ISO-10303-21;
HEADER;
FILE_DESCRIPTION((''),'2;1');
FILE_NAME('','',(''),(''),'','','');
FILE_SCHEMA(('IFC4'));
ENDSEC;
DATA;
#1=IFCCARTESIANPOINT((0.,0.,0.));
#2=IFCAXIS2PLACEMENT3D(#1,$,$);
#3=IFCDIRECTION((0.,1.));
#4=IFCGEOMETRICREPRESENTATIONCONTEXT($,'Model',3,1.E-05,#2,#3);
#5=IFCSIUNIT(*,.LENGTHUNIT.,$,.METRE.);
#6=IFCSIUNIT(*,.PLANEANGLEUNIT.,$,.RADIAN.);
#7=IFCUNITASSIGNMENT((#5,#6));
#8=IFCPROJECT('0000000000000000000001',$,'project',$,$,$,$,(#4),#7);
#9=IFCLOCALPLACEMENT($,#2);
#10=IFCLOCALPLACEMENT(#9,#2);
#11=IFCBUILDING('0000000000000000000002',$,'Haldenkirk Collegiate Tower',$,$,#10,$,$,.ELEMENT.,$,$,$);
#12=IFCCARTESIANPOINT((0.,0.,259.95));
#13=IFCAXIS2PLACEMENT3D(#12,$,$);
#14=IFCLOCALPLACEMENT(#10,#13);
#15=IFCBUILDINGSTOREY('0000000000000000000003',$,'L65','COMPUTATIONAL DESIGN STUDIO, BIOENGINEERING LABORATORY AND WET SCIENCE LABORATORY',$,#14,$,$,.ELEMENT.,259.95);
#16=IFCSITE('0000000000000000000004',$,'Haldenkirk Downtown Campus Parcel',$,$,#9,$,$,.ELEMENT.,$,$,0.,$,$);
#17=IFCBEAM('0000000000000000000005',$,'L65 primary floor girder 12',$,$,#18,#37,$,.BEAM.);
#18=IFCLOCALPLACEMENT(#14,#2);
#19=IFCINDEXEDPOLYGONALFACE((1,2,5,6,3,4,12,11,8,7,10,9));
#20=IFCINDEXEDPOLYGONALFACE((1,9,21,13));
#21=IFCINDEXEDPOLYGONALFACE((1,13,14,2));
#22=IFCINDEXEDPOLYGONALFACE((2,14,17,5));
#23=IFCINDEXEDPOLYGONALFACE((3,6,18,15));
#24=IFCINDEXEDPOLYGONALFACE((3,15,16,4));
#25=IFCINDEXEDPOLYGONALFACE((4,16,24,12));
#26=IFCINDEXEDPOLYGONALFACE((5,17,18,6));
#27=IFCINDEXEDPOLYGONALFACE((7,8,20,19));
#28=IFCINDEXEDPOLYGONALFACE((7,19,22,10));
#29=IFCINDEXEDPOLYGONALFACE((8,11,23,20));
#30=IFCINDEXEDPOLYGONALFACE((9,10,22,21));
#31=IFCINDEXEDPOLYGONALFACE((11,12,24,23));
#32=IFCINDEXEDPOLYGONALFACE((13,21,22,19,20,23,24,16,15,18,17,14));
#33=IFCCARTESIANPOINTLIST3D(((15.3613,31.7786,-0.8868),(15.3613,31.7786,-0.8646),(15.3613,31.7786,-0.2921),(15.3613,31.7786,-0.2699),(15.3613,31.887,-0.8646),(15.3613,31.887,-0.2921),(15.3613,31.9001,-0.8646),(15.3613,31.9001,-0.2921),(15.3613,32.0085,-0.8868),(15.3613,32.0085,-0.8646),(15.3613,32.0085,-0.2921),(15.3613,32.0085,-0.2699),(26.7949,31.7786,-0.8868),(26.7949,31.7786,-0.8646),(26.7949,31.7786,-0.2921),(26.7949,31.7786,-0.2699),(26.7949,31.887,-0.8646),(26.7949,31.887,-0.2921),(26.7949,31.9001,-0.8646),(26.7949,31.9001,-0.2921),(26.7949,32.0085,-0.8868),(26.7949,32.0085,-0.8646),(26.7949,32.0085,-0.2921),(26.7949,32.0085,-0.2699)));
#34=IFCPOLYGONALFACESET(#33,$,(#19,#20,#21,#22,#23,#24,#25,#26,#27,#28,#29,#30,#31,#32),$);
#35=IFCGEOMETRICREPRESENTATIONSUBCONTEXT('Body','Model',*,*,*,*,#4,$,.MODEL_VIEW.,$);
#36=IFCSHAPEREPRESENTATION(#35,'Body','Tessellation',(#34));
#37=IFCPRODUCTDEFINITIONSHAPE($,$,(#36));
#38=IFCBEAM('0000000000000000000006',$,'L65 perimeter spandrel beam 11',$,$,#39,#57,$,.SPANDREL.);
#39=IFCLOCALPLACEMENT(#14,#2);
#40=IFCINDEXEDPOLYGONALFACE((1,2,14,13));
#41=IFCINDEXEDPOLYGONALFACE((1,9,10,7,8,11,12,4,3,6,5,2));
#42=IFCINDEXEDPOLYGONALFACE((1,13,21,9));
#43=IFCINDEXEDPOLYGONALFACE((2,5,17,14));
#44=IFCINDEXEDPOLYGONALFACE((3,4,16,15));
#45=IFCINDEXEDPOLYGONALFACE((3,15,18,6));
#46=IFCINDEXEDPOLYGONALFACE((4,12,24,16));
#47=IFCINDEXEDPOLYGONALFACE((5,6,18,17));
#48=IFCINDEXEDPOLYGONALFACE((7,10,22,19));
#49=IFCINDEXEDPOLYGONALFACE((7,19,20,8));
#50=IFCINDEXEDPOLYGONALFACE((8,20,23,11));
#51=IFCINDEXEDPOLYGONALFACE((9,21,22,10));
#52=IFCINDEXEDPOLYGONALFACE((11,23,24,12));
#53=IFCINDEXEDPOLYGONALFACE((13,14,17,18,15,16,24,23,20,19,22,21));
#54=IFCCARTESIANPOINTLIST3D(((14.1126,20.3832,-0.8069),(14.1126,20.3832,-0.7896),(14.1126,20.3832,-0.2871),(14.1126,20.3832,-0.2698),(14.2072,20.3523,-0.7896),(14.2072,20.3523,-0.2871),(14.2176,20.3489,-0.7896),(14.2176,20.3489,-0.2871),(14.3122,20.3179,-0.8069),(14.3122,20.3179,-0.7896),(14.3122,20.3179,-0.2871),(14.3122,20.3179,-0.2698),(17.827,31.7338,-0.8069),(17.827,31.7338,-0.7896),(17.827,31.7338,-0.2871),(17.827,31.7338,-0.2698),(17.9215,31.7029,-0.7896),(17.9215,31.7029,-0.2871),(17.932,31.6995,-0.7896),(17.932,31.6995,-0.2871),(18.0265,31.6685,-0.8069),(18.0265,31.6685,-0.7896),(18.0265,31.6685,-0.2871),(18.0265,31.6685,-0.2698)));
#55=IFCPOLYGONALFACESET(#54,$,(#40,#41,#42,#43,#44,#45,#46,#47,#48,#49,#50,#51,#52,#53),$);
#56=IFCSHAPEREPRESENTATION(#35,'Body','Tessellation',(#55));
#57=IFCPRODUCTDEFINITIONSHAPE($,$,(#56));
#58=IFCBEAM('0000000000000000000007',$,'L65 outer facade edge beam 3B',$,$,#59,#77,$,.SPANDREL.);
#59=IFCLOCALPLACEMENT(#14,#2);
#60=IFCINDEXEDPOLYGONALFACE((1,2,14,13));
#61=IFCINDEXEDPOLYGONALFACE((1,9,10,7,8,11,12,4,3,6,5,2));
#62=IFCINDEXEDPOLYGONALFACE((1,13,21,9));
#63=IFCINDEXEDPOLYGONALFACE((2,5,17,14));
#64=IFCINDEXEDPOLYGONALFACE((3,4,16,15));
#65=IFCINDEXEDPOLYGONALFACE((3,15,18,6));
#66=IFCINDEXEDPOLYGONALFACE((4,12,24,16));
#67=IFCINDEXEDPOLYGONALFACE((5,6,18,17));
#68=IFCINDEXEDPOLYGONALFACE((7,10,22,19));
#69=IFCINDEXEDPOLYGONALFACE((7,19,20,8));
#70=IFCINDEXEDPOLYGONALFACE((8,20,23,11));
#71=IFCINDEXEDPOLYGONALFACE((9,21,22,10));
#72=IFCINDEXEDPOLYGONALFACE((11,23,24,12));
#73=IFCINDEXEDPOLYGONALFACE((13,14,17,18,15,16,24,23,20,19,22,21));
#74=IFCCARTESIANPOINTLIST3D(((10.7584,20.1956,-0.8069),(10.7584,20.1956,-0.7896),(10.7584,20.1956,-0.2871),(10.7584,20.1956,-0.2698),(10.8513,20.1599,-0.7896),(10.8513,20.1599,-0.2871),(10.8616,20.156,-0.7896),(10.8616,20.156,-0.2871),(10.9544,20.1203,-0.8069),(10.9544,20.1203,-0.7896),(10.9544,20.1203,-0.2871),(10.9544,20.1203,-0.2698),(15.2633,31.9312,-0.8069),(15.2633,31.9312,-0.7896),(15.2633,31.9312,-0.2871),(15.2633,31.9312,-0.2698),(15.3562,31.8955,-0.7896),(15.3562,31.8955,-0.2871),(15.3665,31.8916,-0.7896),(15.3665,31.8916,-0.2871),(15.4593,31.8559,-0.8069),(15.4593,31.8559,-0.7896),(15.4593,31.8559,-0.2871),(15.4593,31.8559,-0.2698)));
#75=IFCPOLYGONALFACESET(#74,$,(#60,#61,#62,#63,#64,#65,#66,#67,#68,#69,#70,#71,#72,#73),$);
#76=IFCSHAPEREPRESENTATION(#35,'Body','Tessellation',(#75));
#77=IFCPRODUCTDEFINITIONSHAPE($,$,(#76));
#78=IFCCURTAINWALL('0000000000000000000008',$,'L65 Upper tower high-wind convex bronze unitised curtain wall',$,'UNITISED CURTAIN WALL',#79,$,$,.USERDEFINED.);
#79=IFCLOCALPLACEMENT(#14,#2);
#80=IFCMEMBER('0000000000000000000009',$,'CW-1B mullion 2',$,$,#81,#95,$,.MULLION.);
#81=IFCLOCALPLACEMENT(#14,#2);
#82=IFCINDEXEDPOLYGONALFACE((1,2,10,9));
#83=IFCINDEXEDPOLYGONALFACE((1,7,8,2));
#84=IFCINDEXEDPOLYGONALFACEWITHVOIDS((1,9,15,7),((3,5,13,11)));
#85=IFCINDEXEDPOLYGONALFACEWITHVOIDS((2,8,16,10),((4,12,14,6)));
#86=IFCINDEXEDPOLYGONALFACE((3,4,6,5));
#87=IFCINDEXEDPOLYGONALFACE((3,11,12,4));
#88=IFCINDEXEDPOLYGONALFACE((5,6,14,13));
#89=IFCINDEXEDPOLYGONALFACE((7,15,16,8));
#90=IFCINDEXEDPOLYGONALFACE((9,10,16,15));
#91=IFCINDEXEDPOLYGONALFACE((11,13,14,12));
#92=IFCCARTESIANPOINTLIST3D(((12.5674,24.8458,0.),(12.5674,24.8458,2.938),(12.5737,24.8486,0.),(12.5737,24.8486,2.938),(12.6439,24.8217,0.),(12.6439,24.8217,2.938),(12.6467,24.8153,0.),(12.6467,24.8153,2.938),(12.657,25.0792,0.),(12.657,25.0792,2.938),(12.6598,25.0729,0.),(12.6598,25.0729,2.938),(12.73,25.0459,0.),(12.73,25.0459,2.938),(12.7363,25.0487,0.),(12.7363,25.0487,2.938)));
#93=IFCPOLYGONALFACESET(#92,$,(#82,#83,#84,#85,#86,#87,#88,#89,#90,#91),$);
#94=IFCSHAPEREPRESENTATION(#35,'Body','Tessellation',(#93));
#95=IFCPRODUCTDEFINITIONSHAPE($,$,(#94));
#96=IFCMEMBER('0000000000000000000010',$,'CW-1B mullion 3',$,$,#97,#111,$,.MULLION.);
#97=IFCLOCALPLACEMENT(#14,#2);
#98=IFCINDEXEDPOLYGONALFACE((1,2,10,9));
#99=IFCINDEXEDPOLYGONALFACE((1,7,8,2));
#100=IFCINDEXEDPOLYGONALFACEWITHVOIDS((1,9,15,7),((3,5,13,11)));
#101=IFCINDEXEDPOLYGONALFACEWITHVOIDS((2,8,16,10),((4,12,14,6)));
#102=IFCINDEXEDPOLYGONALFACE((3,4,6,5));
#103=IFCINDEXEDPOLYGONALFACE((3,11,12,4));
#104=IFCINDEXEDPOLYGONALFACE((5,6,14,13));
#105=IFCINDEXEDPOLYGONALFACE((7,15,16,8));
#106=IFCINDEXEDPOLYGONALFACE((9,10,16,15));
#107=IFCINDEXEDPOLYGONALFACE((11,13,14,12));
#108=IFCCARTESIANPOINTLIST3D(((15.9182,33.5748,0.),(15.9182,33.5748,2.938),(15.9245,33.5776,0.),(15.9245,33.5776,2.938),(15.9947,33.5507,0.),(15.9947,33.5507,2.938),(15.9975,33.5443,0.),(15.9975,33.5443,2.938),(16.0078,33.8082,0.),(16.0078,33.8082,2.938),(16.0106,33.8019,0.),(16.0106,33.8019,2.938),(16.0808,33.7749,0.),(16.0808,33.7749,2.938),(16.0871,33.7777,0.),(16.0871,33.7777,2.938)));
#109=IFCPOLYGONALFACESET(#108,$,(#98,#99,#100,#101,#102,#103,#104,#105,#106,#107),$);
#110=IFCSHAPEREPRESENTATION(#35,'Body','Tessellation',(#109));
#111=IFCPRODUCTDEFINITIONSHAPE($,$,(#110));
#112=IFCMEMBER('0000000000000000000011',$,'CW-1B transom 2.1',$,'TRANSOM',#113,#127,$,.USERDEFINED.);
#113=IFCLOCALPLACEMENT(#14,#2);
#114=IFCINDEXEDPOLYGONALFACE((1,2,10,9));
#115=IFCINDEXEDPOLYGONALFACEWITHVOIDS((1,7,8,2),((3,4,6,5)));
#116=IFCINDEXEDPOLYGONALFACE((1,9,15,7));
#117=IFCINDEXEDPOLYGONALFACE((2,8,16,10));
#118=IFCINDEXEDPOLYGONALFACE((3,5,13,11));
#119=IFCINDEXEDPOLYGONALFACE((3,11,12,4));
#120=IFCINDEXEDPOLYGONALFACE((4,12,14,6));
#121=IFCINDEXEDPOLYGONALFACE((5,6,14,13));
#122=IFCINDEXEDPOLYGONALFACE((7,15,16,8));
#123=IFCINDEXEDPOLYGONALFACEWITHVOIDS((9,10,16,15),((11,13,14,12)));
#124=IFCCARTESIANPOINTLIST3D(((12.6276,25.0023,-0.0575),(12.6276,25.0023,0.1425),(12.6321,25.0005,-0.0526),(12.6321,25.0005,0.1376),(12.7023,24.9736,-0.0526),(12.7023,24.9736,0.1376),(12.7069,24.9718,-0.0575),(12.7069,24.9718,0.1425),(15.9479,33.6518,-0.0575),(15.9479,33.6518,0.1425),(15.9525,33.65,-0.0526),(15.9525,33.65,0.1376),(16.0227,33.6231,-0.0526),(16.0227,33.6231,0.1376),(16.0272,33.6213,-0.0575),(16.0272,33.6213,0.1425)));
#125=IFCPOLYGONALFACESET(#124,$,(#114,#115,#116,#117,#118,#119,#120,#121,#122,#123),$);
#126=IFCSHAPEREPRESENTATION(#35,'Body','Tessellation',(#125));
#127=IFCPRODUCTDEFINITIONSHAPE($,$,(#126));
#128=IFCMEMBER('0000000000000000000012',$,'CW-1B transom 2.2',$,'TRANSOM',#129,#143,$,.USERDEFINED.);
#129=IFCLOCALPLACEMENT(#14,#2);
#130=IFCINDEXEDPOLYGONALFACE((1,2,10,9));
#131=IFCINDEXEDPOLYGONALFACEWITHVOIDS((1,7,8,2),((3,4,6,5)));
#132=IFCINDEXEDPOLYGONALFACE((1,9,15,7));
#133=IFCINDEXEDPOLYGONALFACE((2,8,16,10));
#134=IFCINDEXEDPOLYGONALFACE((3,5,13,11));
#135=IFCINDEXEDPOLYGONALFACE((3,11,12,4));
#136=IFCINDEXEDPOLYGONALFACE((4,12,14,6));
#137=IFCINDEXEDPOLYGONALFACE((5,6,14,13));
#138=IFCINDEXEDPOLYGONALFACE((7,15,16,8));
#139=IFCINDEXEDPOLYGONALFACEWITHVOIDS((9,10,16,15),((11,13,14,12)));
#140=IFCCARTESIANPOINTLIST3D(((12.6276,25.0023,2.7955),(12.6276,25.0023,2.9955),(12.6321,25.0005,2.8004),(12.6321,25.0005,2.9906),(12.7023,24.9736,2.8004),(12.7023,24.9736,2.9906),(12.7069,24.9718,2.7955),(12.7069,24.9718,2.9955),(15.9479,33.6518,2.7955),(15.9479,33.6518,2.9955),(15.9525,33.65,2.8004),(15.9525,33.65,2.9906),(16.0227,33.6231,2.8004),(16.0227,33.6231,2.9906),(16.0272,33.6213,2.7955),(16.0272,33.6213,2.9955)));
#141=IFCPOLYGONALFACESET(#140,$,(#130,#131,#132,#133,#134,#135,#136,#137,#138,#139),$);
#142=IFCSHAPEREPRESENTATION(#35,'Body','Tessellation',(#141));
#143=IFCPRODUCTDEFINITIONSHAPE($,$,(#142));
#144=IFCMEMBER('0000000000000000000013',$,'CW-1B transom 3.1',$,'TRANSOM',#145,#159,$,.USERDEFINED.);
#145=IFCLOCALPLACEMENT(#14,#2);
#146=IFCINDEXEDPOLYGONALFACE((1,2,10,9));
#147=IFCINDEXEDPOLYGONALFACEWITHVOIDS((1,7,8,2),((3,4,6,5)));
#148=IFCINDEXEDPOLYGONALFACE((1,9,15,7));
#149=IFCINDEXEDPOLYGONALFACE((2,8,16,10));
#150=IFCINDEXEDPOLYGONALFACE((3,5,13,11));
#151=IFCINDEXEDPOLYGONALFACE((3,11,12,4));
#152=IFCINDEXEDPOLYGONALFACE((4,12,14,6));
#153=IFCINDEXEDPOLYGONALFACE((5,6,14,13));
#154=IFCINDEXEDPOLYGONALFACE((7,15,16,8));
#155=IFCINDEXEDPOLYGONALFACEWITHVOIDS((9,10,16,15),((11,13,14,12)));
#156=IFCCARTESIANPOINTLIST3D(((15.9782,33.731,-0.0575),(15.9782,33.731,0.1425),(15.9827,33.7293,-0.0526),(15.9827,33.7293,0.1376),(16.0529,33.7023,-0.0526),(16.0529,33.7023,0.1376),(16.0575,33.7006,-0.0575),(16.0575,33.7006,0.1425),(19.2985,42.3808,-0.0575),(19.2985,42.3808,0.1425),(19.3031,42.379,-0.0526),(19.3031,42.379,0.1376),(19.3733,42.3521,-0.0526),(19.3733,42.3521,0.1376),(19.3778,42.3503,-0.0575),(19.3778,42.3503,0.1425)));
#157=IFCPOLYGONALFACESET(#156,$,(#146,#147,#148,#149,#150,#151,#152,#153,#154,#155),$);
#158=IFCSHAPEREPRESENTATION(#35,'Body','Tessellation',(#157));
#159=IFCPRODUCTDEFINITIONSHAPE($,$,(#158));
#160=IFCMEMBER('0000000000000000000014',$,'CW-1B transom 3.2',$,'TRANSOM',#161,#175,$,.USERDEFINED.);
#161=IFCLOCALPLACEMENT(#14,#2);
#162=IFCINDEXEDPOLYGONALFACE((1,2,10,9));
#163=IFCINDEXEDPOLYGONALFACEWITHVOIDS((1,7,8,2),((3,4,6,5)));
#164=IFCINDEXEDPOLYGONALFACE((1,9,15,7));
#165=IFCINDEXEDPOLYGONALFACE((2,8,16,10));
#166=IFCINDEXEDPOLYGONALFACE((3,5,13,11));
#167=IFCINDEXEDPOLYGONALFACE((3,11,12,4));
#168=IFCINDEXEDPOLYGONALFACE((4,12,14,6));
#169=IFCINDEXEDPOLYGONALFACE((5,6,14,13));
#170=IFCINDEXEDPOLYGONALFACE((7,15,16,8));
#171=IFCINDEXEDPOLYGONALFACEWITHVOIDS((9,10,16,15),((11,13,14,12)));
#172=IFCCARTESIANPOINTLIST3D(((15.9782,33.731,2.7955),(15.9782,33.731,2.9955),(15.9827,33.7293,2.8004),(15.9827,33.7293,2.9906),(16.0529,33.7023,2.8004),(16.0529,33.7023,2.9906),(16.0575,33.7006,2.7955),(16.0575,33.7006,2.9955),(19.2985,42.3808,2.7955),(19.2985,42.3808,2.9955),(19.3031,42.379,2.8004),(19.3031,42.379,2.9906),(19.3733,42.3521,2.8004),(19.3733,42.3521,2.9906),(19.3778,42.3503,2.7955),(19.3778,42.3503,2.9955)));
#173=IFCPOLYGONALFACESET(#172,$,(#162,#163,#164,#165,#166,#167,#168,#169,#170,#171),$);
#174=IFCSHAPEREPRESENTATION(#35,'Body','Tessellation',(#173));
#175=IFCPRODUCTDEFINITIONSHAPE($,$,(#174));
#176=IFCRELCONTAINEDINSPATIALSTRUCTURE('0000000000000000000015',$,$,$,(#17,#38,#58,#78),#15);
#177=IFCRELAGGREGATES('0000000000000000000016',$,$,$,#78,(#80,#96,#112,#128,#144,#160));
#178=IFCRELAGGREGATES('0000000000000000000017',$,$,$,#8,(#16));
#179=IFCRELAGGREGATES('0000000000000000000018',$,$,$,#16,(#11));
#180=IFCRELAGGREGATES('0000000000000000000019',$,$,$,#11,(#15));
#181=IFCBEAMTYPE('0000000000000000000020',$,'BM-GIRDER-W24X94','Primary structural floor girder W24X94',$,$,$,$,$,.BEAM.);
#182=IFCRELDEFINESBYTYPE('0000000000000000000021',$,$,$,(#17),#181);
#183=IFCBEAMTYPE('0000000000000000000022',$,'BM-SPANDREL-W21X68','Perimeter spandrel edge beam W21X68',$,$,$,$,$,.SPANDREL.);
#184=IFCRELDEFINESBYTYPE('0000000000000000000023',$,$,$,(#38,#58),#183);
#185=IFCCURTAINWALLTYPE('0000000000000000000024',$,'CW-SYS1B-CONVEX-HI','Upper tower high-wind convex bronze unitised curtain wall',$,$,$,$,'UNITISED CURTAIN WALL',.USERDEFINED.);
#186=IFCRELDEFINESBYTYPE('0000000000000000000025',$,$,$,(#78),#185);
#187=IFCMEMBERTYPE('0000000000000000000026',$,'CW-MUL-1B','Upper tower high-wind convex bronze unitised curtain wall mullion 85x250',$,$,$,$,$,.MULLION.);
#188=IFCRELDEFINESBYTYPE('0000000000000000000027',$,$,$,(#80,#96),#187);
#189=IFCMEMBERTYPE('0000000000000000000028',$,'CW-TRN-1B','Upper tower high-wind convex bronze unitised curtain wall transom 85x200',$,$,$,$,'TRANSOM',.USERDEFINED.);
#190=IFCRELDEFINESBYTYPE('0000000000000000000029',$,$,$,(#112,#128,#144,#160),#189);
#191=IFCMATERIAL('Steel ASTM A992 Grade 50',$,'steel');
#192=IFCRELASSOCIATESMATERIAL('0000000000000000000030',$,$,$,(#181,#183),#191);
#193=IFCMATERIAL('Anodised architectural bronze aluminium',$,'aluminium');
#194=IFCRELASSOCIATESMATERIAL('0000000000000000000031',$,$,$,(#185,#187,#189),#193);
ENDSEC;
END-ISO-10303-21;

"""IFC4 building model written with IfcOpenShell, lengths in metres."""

from ifc_helpers import new_model, si_unit, direction, frame, origin, origin_2d, place, context, subcontext, project, spatial, hollow_rectangle, i_section, extrude, material, material_profile, profile_set, type_object, element, aggregate, save


model = new_model("IFC4")

# Units and contexts
model_context = context("Model", 3, precision=1e-05, world=origin(), true_north=direction((0.0, 1.0)))
body_context = subcontext(model_context, "Body", "Model", "MODEL_VIEW")
ifc_project = project(units=[si_unit("LENGTHUNIT", "METRE"), si_unit("PLANEANGLEUNIT", "RADIAN")], contexts=[model_context])

# Site, building, storey
site_placement = place(None, origin())
site = spatial("IfcSite", under=ifc_project, at=site_placement, Name="Haldenkirk Downtown Campus Parcel", CompositionType="ELEMENT", RefElevation=0.0)
building_placement = place(site_placement, origin())
building = spatial("IfcBuilding", under=site, at=building_placement, Name="Haldenkirk Collegiate Tower", CompositionType="ELEMENT")
storey_placement = place(building_placement, frame((0.0, 0.0, 259.95)))
storey = spatial("IfcBuildingStorey", under=building, at=storey_placement, Name="L65", Description="COMPUTATIONAL DESIGN STUDIO, BIOENGINEERING LABORATORY AND WET SCIENCE LABORATORY", CompositionType="ELEMENT", Elevation=259.95)

# Beams
ifc_material_1 = material(Name="Steel ASTM A992 Grade 50", Category="steel")
ifc_material_profile_1 = material_profile(ifc_material_1, i_section(OverallWidth=0.23, OverallDepth=0.6169, WebThickness=0.0132, FlangeThickness=0.0222, at=origin_2d()), Name="W24X94")
ifc_profile_set_1 = profile_set([ifc_material_profile_1], Name="Steel ASTM A992 Grade 50")
beam_type_1 = type_object("IfcBeamType", Name="BM-GIRDER-W24X94", Description="Primary structural floor girder W24X94", PredefinedType="BEAM", material=ifc_profile_set_1)
beam_1_placement = place(storey_placement, frame((15.3613, 31.8936, -0.5784), z_axis=(1.0, 0.0, 0.0), x_axis=(0.0, 1.0, 0.0)))
element("IfcBeam", 1, at=beam_1_placement, inside=storey, type_object=beam_type_1, Name="L65 primary floor girder 12", PredefinedType="BEAM", context=body_context, shape_type="SweptSolid", body=[
    extrude(i_section(OverallWidth=0.23, OverallDepth=0.6169, WebThickness=0.0132, FlangeThickness=0.0222, at=origin_2d()), origin(), (0.0, 0.0, 1.0), 11.4336),
])
ifc_material_profile_2 = material_profile(ifc_material_1, i_section(OverallWidth=0.21, OverallDepth=0.5371, WebThickness=0.011, FlangeThickness=0.0173, at=origin_2d()), Name="W21X68")
ifc_profile_set_2 = profile_set([ifc_material_profile_2], Name="Steel ASTM A992 Grade 50")
beam_type_2 = type_object("IfcBeamType", Name="BM-SPANDREL-W21X68", Description="Perimeter spandrel edge beam W21X68", PredefinedType="SPANDREL", material=ifc_profile_set_2)
beam_2_placement = place(storey_placement, frame((17.9268, 31.7012, -0.5383), z_axis=(-0.31101, -0.950407, 0.0), x_axis=(0.950407, -0.31101, 0.0)))
element("IfcBeam", 2, at=beam_2_placement, inside=storey, type_object=beam_type_2, Name="L65 perimeter spandrel beam 11", PredefinedType="SPANDREL", context=body_context, shape_type="SweptSolid", body=[
    extrude(i_section(OverallWidth=0.21, OverallDepth=0.5371, WebThickness=0.011, FlangeThickness=0.0173, at=origin_2d()), origin(), (0.0, 0.0, 1.0), 11.9429),
])
beam_3_placement = place(storey_placement, frame((15.3613, 31.8936, -0.5383), z_axis=(-0.358369, -0.93358, 0.0), x_axis=(0.93358, -0.358369, 0.0)))
element("IfcBeam", 3, at=beam_3_placement, inside=storey, type_object=beam_type_2, Name="L65 outer facade edge beam 3B", PredefinedType="SPANDREL", context=body_context, shape_type="SweptSolid", body=[
    extrude(i_section(OverallWidth=0.21, OverallDepth=0.5371, WebThickness=0.011, FlangeThickness=0.0173, at=origin_2d()), origin(), (0.0, 0.0, 1.0), 12.5706),
])

# Curtain wall, members
ifc_material_2 = material(Name="Anodised architectural bronze aluminium", Category="aluminium")
curtain_wall_type = type_object("IfcCurtainWallType", Name="CW-SYS1B-CONVEX-HI", Description="Upper tower high-wind convex bronze unitised curtain wall", ElementType="UNITISED CURTAIN WALL", PredefinedType="USERDEFINED", material=ifc_material_2)
curtain_wall_placement = place(storey_placement, origin())
curtain_wall = element("IfcCurtainWall", 4, at=curtain_wall_placement, inside=storey, type_object=curtain_wall_type, Name="L65 Upper tower high-wind convex bronze unitised curtain wall", ObjectType="UNITISED CURTAIN WALL", PredefinedType="USERDEFINED")
ifc_material_profile_3 = material_profile(ifc_material_2, hollow_rectangle(XDim=0.085, YDim=0.25, WallThickness=0.0049, at=origin_2d()), Name="CW-MUL-1B")
ifc_profile_set_3 = profile_set([ifc_material_profile_3], Name="Anodised architectural bronze aluminium")
member_type_1 = type_object("IfcMemberType", Name="CW-MUL-1B", Description="Upper tower high-wind convex bronze unitised curtain wall mullion 85x250", PredefinedType="MULLION", material=ifc_profile_set_3)
member_1_placement = place(storey_placement, frame((12.6519, 24.9473, 0.0), z_axis=(0.0, 0.0, 1.0), x_axis=(-0.93358, 0.358369, 0.0)))
member_1 = element("IfcMember", 5, at=member_1_placement, type_object=member_type_1, Name="CW-1B mullion 2", PredefinedType="MULLION", context=body_context, shape_type="SweptSolid", body=[
    extrude(hollow_rectangle(XDim=0.085, YDim=0.25, WallThickness=0.0049, at=origin_2d()), origin(), (0.0, 0.0, 1.0), 2.938),
])
member_2_placement = place(storey_placement, frame((16.0027, 33.6763, 0.0), z_axis=(0.0, 0.0, 1.0), x_axis=(-0.93358, 0.358369, 0.0)))
member_2 = element("IfcMember", 6, at=member_2_placement, type_object=member_type_1, Name="CW-1B mullion 3", PredefinedType="MULLION", context=body_context, shape_type="SweptSolid", body=[
    extrude(hollow_rectangle(XDim=0.085, YDim=0.25, WallThickness=0.0049, at=origin_2d()), origin(), (0.0, 0.0, 1.0), 2.938),
])
ifc_material_profile_4 = material_profile(ifc_material_2, hollow_rectangle(XDim=0.085, YDim=0.2, WallThickness=0.0049, at=origin_2d()), Name="CW-TRN-1B")
ifc_profile_set_4 = profile_set([ifc_material_profile_4], Name="Anodised architectural bronze aluminium")
member_type_2 = type_object("IfcMemberType", Name="CW-TRN-1B", Description="Upper tower high-wind convex bronze unitised curtain wall transom 85x200", ElementType="TRANSOM", PredefinedType="USERDEFINED", material=ifc_profile_set_4)
member_3_placement = place(storey_placement, frame((12.6672, 24.9871, 0.0425), z_axis=(0.358379, 0.933576, 0.0), x_axis=(-0.933576, 0.358379, 0.0)))
member_3 = element("IfcMember", 7, at=member_3_placement, type_object=member_type_2, Name="CW-1B transom 2.1", ObjectType="TRANSOM", PredefinedType="USERDEFINED", context=body_context, shape_type="SweptSolid", body=[
    extrude(hollow_rectangle(XDim=0.085, YDim=0.2, WallThickness=0.0049, at=origin_2d()), origin(), (0.0, 0.0, 1.0), 9.2649),
])
member_4_placement = place(storey_placement, frame((12.6672, 24.9871, 2.8955), z_axis=(0.358379, 0.933576, 0.0), x_axis=(-0.933576, 0.358379, 0.0)))
member_4 = element("IfcMember", 8, at=member_4_placement, type_object=member_type_2, Name="CW-1B transom 2.2", ObjectType="TRANSOM", PredefinedType="USERDEFINED", context=body_context, shape_type="SweptSolid", body=[
    extrude(hollow_rectangle(XDim=0.085, YDim=0.2, WallThickness=0.0049, at=origin_2d()), origin(), (0.0, 0.0, 1.0), 9.2649),
])
member_5_placement = place(storey_placement, frame((16.0178, 33.7158, 0.0425), z_axis=(0.35837, 0.93358, 0.0), x_axis=(-0.93358, 0.35837, 0.0)))
member_5 = element("IfcMember", 9, at=member_5_placement, type_object=member_type_2, Name="CW-1B transom 3.1", ObjectType="TRANSOM", PredefinedType="USERDEFINED", context=body_context, shape_type="SweptSolid", body=[
    extrude(hollow_rectangle(XDim=0.085, YDim=0.2, WallThickness=0.0049, at=origin_2d()), origin(), (0.0, 0.0, 1.0), 9.2651),
])
member_6_placement = place(storey_placement, frame((16.0178, 33.7158, 2.8955), z_axis=(0.35837, 0.93358, 0.0), x_axis=(-0.93358, 0.35837, 0.0)))
member_6 = element("IfcMember", 10, at=member_6_placement, type_object=member_type_2, Name="CW-1B transom 3.2", ObjectType="TRANSOM", PredefinedType="USERDEFINED", context=body_context, shape_type="SweptSolid", body=[
    extrude(hollow_rectangle(XDim=0.085, YDim=0.2, WallThickness=0.0049, at=origin_2d()), origin(), (0.0, 0.0, 1.0), 9.2651),
])
aggregate(curtain_wall, [member_1, member_2, member_3, member_4, member_5, member_6])

save(model, "model.ifc")
